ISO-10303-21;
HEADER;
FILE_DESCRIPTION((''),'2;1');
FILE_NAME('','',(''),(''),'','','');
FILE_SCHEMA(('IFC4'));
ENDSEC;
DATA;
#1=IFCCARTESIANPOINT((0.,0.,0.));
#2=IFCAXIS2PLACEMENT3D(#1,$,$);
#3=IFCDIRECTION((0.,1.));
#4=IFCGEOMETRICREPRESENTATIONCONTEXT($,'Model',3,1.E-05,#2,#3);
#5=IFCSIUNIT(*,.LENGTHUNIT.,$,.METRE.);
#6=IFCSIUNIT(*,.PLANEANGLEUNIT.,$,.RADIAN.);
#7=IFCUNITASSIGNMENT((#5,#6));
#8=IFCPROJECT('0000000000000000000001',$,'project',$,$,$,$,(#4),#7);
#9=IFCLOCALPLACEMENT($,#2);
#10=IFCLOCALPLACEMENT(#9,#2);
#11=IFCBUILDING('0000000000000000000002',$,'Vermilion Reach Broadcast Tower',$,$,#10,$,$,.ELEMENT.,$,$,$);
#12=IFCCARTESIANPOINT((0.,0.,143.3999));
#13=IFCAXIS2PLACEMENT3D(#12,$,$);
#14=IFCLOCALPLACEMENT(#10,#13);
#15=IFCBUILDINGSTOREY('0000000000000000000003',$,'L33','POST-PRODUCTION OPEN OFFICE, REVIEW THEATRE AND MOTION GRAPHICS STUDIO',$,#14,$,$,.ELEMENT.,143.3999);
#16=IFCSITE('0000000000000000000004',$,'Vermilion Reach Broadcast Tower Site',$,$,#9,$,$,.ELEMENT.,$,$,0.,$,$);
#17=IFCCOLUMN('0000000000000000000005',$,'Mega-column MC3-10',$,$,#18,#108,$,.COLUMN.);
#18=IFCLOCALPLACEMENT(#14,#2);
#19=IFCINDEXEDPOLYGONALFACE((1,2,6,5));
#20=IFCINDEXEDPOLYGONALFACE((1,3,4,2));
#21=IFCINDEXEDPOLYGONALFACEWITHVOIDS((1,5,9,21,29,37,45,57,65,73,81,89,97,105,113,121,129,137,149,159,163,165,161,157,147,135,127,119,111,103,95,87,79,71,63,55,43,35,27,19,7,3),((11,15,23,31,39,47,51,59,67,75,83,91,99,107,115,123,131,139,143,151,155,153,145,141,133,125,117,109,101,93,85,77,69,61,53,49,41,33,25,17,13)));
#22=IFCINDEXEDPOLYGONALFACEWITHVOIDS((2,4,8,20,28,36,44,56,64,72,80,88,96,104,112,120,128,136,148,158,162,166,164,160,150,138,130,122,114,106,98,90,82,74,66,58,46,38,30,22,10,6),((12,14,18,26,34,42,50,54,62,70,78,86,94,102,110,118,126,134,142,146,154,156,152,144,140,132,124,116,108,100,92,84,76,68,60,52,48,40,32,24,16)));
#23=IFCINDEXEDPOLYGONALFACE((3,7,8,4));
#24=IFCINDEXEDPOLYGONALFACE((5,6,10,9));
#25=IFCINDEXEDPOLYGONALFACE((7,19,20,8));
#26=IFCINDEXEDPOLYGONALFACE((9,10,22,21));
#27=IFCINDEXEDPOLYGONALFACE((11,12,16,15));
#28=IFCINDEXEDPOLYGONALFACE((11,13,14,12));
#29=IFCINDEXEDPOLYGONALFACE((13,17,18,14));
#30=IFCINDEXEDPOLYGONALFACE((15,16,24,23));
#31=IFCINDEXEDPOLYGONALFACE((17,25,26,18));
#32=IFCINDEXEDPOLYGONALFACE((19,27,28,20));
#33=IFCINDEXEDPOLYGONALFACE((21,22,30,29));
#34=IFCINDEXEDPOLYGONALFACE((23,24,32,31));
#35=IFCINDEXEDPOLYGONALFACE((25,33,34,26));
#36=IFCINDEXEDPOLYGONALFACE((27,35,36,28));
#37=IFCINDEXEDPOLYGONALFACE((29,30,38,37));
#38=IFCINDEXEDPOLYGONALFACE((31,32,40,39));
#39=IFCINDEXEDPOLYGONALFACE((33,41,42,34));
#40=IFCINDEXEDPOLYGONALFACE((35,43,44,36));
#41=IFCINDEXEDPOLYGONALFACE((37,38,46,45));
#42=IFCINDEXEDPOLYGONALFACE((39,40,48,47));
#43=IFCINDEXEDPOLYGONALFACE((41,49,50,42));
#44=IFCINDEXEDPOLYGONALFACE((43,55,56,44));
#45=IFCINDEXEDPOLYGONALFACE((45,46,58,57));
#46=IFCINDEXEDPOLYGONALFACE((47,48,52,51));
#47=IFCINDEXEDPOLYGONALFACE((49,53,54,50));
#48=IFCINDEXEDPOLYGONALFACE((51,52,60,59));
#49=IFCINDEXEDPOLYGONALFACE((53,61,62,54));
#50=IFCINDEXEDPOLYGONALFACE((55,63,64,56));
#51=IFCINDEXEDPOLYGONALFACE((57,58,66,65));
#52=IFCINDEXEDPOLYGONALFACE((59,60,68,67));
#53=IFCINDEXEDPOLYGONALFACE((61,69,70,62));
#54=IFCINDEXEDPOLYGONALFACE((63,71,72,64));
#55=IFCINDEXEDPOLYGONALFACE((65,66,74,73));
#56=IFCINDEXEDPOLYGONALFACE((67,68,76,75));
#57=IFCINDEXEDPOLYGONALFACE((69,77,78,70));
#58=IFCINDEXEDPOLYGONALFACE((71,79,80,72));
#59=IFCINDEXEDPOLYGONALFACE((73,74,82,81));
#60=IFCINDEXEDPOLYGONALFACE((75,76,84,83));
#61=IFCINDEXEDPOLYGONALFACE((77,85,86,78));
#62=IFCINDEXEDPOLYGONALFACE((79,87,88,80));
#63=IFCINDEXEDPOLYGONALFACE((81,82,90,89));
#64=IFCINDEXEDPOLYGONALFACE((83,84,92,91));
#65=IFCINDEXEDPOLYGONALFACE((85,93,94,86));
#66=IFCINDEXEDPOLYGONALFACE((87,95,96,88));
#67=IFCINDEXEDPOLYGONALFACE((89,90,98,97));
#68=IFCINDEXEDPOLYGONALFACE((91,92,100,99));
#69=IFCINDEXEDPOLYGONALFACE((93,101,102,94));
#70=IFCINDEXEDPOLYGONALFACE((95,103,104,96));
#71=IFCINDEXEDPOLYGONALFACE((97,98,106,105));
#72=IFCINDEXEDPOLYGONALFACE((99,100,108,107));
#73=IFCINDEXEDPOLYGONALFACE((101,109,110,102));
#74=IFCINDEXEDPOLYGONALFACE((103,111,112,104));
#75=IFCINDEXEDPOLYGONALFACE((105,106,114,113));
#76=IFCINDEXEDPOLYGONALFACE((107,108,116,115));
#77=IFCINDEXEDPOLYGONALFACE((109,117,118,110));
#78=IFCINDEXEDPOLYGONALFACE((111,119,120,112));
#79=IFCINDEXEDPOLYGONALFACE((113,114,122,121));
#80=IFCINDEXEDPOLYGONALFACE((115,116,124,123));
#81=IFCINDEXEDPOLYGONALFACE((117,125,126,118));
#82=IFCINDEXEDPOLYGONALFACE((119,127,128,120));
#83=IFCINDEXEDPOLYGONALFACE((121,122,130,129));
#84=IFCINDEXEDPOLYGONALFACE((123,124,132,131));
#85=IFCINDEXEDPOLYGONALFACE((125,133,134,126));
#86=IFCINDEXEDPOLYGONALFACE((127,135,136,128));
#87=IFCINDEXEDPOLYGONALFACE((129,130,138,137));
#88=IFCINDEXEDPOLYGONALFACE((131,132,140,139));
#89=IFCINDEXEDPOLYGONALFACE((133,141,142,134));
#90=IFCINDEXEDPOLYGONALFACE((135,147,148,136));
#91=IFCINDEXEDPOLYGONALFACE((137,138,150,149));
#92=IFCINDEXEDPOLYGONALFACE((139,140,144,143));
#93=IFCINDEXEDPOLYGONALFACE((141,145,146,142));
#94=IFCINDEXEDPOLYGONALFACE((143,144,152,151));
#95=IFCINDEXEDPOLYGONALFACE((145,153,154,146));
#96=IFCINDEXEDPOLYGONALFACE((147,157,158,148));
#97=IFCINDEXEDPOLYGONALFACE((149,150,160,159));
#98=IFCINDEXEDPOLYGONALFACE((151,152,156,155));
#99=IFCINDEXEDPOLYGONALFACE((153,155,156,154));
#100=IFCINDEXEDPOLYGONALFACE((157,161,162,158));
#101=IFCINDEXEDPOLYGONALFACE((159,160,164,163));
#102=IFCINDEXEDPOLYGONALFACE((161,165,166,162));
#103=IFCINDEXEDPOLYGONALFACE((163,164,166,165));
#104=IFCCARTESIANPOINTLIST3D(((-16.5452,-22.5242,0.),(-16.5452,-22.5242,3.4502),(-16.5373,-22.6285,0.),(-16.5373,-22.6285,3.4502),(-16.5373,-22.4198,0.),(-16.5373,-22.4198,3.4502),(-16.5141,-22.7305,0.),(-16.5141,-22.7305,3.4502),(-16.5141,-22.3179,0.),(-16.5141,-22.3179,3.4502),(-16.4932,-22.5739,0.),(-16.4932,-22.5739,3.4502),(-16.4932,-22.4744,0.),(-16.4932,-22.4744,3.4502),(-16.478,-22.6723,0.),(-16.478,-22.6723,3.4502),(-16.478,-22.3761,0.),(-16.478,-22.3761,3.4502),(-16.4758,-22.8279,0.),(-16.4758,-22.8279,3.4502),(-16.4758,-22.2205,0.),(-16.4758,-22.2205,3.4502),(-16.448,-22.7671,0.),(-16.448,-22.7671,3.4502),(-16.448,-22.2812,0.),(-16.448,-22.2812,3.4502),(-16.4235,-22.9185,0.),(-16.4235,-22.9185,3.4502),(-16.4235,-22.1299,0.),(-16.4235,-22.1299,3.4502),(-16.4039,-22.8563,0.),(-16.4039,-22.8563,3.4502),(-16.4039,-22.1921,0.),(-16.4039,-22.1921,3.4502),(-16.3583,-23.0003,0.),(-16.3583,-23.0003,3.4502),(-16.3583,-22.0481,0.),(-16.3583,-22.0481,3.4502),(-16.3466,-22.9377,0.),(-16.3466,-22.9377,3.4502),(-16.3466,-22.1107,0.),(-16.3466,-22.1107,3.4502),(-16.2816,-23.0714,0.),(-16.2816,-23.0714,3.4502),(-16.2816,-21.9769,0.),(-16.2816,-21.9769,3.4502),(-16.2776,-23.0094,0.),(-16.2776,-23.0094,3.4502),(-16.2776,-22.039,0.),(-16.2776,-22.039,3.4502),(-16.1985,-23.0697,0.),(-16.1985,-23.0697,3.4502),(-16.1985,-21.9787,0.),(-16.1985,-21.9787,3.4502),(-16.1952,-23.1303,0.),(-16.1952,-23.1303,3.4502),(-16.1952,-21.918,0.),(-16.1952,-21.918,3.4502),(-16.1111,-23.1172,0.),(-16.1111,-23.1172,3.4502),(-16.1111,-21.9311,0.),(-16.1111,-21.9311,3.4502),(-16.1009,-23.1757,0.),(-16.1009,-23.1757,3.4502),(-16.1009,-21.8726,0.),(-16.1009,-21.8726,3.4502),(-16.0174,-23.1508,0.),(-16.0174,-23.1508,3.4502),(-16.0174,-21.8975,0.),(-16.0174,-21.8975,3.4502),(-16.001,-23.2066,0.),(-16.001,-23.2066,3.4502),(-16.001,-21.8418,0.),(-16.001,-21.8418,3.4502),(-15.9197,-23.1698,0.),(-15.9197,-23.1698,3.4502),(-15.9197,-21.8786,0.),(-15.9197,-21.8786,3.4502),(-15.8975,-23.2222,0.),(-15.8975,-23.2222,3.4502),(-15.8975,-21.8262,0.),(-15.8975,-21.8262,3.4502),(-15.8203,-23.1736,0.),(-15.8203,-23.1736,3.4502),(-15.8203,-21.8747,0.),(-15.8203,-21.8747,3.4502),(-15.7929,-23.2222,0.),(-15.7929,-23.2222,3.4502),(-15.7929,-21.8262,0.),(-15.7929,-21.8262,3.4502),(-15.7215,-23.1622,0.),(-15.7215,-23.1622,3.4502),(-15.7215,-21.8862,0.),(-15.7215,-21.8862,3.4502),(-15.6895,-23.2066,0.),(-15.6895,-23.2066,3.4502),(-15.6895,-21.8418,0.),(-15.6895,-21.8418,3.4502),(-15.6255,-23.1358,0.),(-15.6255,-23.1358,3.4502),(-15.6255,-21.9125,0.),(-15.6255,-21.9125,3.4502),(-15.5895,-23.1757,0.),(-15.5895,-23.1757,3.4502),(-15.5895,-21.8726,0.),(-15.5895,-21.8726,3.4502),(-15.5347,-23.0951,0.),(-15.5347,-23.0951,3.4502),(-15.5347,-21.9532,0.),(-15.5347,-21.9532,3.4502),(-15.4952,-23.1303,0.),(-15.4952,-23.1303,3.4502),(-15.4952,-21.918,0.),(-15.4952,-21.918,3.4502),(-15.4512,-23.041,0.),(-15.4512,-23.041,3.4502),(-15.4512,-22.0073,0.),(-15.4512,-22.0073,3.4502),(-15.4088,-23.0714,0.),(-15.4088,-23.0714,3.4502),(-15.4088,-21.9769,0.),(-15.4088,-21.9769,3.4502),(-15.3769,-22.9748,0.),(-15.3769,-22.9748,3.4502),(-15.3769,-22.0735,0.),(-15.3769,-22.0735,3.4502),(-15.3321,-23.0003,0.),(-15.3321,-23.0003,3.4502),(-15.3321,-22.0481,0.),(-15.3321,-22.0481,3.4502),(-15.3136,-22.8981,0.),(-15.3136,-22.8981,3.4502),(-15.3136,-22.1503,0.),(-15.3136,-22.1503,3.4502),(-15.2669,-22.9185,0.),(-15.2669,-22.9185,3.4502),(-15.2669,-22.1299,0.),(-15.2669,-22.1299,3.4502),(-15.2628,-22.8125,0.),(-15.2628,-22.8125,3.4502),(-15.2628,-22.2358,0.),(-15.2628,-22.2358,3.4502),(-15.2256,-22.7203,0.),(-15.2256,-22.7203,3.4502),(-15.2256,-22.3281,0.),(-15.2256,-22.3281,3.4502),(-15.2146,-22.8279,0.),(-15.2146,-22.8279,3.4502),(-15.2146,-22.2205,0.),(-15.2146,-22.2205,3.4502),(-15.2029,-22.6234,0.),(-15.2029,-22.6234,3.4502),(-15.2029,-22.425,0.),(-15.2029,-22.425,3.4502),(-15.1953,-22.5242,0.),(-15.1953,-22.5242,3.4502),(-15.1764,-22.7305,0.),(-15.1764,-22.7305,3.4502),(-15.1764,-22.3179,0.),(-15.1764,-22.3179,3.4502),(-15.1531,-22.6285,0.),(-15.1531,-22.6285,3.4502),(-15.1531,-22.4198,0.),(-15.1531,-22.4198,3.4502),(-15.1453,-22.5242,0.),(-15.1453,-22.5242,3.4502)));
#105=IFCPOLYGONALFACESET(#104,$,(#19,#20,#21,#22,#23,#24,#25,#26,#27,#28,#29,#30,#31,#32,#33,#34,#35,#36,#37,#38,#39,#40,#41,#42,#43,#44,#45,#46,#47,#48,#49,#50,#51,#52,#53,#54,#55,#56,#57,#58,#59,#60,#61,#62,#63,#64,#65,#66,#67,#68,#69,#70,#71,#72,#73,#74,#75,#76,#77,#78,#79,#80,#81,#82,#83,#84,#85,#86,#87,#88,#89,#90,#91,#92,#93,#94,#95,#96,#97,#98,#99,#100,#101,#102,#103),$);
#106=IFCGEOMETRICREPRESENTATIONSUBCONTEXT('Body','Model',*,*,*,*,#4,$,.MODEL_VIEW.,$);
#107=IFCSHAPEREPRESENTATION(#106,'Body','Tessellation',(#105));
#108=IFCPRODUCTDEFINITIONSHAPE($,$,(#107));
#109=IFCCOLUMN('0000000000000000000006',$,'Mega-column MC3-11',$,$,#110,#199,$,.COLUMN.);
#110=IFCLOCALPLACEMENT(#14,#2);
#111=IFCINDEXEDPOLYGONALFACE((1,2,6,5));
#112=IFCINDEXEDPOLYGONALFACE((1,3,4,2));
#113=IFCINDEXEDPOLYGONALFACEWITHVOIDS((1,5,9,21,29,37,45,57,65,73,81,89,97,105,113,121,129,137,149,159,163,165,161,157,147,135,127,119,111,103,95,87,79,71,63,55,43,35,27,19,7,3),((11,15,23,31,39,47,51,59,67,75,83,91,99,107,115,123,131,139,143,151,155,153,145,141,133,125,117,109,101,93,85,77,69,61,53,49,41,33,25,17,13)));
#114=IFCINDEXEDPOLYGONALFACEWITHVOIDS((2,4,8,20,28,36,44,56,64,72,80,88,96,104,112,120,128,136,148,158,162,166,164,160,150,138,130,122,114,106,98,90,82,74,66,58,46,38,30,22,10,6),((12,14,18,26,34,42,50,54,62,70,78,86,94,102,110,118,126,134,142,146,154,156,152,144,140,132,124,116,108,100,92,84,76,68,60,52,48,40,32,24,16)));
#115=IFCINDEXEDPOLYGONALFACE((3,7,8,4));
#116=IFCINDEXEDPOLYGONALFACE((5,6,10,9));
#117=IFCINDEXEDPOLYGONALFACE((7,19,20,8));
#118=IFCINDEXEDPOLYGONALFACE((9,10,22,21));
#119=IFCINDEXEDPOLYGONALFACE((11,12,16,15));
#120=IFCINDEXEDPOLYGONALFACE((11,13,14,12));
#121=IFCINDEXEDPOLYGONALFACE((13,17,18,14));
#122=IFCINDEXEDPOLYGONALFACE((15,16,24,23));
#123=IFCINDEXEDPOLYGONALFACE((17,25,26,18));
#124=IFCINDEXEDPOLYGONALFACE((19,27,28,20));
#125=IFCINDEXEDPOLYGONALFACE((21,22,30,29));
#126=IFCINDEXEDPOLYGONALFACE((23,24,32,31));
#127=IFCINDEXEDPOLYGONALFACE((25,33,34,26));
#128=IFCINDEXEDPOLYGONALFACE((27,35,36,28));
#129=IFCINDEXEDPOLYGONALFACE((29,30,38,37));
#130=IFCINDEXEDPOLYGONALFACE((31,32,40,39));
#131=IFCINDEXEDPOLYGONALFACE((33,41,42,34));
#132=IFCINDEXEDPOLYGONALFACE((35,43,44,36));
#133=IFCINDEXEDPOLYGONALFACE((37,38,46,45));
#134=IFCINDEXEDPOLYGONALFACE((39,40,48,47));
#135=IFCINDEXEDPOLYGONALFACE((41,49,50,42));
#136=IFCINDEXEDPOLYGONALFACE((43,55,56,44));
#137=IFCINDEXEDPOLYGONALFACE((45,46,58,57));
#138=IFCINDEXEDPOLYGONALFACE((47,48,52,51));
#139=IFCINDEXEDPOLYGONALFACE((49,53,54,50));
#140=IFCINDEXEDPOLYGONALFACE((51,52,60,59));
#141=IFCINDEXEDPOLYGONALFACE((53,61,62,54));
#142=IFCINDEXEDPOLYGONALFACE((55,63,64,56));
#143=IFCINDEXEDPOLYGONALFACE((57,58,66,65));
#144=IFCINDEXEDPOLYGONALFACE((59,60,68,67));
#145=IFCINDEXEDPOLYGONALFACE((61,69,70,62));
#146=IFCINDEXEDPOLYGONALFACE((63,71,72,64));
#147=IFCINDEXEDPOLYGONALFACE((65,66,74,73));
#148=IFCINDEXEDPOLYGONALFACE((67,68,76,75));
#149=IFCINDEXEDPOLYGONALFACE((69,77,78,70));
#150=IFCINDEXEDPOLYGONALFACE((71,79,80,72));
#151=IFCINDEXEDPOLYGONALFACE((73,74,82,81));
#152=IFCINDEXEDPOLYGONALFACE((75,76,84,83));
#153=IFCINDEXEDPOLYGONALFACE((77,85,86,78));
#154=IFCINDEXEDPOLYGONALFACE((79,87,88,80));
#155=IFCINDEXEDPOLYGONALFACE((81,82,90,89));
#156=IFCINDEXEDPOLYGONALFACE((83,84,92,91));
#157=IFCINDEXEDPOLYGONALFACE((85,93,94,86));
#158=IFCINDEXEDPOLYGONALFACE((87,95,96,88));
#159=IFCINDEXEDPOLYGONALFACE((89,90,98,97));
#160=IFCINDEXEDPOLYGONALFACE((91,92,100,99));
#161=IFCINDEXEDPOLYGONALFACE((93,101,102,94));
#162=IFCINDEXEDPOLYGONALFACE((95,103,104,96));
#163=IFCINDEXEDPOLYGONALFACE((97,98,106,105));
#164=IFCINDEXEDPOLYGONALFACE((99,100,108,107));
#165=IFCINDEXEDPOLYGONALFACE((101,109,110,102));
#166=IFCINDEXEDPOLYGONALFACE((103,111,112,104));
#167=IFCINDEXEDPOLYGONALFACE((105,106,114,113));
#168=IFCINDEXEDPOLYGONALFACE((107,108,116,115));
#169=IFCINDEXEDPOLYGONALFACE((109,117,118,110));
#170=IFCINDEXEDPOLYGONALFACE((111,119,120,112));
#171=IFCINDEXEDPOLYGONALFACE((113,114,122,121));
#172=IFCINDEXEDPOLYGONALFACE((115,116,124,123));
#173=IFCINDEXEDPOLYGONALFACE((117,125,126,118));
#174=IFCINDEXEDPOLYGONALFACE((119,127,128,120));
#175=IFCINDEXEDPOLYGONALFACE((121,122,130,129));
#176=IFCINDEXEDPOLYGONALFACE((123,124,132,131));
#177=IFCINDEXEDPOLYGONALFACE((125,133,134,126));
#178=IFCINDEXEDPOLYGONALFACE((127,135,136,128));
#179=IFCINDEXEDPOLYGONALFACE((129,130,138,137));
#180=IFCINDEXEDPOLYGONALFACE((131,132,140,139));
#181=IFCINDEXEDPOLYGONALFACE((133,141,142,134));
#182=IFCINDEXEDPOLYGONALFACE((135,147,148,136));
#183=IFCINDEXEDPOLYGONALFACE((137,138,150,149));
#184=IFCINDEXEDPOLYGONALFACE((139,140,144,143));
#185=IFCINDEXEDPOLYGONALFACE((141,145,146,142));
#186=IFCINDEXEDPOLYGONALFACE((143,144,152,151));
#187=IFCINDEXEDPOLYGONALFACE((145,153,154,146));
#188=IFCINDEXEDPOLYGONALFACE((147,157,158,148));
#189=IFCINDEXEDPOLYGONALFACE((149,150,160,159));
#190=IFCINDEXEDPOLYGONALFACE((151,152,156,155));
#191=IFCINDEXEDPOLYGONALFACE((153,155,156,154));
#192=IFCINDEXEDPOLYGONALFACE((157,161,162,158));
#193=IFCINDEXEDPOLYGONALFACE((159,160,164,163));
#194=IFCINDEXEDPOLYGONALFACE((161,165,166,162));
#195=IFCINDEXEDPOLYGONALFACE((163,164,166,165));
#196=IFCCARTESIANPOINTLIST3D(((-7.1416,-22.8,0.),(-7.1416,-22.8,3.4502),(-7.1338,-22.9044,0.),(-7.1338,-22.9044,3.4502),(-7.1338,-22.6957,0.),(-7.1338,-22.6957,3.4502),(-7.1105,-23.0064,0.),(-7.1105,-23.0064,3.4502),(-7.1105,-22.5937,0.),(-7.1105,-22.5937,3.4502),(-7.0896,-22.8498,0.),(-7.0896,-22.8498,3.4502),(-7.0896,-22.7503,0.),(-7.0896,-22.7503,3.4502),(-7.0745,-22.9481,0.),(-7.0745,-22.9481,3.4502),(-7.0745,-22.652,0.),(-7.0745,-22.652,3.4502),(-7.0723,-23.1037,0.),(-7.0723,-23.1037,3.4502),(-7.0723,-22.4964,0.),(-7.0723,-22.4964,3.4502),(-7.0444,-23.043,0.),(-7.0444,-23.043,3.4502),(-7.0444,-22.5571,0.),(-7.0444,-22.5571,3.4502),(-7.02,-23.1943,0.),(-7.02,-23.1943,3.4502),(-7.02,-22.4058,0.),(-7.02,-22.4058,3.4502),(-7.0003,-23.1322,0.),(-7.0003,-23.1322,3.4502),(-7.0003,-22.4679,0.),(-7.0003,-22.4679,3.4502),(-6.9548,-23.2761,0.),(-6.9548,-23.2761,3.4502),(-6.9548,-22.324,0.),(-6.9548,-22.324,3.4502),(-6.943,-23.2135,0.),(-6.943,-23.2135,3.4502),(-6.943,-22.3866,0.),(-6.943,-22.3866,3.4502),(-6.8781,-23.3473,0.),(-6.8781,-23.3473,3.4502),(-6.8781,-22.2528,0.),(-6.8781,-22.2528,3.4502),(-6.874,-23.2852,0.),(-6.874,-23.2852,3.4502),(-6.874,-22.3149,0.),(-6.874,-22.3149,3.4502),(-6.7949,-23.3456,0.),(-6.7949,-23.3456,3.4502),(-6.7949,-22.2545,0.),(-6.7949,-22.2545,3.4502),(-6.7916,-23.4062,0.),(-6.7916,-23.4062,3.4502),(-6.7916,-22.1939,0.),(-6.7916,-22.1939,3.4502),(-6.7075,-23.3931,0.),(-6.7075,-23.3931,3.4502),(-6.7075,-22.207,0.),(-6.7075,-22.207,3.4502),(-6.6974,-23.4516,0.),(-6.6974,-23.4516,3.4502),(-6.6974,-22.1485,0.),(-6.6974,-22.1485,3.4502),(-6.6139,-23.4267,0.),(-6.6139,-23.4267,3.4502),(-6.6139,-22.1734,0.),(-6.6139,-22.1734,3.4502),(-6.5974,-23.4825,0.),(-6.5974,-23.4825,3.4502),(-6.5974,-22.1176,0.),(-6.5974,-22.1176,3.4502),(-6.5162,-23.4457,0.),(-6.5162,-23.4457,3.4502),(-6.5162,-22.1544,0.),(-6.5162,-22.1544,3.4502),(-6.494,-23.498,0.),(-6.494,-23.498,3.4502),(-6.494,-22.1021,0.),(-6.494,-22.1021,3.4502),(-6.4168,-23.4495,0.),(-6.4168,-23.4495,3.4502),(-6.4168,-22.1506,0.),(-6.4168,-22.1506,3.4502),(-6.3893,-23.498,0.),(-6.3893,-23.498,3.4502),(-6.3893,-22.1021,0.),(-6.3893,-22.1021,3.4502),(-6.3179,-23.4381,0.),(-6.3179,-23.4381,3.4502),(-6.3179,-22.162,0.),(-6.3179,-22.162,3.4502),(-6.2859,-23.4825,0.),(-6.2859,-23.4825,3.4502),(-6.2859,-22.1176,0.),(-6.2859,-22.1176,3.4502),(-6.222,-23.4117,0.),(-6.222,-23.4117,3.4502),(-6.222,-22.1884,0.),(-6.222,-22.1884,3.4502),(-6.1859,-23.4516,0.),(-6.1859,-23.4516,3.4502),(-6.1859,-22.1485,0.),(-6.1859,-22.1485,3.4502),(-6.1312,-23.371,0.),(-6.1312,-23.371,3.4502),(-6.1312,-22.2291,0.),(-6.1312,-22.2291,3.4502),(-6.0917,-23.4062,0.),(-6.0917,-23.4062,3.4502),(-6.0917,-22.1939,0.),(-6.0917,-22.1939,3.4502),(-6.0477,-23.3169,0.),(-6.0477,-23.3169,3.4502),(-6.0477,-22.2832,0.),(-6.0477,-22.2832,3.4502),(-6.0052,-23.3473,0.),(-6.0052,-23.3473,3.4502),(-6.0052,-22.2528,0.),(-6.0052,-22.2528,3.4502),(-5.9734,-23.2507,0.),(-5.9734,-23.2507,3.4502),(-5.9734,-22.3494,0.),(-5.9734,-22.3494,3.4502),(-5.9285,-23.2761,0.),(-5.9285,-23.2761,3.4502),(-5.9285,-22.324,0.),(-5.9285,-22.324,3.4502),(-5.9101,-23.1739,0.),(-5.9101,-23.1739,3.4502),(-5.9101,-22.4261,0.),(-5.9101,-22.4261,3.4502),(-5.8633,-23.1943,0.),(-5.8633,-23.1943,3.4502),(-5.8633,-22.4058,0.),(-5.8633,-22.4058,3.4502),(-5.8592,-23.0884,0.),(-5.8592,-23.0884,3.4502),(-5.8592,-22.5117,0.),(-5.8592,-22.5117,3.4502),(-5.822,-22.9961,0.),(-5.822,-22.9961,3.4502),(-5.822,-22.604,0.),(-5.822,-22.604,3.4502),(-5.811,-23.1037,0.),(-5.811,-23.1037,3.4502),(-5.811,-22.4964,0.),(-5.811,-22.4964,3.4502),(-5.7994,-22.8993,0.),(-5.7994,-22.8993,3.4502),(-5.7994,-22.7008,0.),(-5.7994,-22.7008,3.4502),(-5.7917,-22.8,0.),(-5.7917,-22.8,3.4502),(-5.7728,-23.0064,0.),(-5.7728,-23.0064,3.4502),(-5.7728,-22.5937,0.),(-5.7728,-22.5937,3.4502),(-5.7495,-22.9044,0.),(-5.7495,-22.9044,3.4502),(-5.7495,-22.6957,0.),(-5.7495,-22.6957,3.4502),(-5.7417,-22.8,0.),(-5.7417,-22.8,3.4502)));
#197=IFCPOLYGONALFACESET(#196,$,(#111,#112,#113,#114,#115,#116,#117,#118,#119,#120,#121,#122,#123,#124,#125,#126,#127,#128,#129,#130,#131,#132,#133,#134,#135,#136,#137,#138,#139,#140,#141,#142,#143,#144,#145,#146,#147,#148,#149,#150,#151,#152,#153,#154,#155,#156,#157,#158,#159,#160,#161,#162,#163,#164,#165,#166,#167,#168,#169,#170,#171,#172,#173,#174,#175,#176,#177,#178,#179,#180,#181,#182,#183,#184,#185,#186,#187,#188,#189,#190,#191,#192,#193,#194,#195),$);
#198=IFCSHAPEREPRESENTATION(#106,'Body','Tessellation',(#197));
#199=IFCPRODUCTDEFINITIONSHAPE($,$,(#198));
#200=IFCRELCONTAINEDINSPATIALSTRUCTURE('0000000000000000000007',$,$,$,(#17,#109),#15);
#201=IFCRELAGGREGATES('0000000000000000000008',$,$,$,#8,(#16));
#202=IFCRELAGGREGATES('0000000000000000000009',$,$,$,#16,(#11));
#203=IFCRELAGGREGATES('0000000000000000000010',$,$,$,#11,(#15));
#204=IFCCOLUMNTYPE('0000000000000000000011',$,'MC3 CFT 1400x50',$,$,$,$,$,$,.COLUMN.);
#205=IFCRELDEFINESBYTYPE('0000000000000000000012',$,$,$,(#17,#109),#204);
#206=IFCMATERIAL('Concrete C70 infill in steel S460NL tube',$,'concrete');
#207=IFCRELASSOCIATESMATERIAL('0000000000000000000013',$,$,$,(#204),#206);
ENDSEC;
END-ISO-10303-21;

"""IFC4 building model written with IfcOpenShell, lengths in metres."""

from ifc_helpers import new_model, si_unit, direction, frame, origin, origin_2d, place, context, subcontext, project, spatial, hollow_circle, extrude, material, material_profile, profile_set, type_object, element, save


model = new_model("IFC4")

# Units and contexts
model_context = context("Model", 3, precision=1e-05, world=origin(), true_north=direction((0.0, 1.0)))
body_context = subcontext(model_context, "Body", "Model", "MODEL_VIEW")
ifc_project = project(units=[si_unit("LENGTHUNIT", "METRE"), si_unit("PLANEANGLEUNIT", "RADIAN")], contexts=[model_context])

# Site, building, storey
site_placement = place(None, origin())
site = spatial("IfcSite", under=ifc_project, at=site_placement, Name="Vermilion Reach Broadcast Tower Site", CompositionType="ELEMENT", RefElevation=0.0)
building_placement = place(site_placement, origin())
building = spatial("IfcBuilding", under=site, at=building_placement, Name="Vermilion Reach Broadcast Tower", CompositionType="ELEMENT")
storey_placement = place(building_placement, frame((0.0, 0.0, 143.3999)))
storey = spatial("IfcBuildingStorey", under=building, at=storey_placement, Name="L33", Description="POST-PRODUCTION OPEN OFFICE, REVIEW THEATRE AND MOTION GRAPHICS STUDIO", CompositionType="ELEMENT", Elevation=143.3999)

# Columns
ifc_material_1 = material(Name="Concrete C70 infill in steel S460NL tube", Category="concrete")
ifc_material_profile_1 = material_profile(ifc_material_1, hollow_circle(Radius=0.7, WallThickness=0.05, at=origin_2d()), Name="Concrete C70 infill in steel S460NL tube CFT 1400x50")
ifc_profile_set_1 = profile_set([ifc_material_profile_1], Name="Concrete C70 infill in steel S460NL tube")
column_type = type_object("IfcColumnType", Name="MC3 CFT 1400x50", PredefinedType="COLUMN", material=ifc_profile_set_1)
for number, where, z_axis, x_axis, name in (
    (1, (-15.8452, -22.5242, 0.0), (0.0, 0.0, 1.0), (1.0, 0.0, 0.0), "Mega-column MC3-10"),
    (2, (-6.4417, -22.8, 0.0), (0.0, 0.0, 1.0), (1.0, 0.0, 0.0), "Mega-column MC3-11"),
):
    element("IfcColumn", number, at=place(storey_placement, frame(where, z_axis=z_axis, x_axis=x_axis)), inside=storey, type_object=column_type, Name=name, PredefinedType="COLUMN", context=body_context, shape_type="SweptSolid", body=[
        extrude(hollow_circle(Radius=0.7, WallThickness=0.05, at=origin_2d()), origin(), (0.0, 0.0, 1.0), 3.4502),
    ])

save(model, "model.ifc")
